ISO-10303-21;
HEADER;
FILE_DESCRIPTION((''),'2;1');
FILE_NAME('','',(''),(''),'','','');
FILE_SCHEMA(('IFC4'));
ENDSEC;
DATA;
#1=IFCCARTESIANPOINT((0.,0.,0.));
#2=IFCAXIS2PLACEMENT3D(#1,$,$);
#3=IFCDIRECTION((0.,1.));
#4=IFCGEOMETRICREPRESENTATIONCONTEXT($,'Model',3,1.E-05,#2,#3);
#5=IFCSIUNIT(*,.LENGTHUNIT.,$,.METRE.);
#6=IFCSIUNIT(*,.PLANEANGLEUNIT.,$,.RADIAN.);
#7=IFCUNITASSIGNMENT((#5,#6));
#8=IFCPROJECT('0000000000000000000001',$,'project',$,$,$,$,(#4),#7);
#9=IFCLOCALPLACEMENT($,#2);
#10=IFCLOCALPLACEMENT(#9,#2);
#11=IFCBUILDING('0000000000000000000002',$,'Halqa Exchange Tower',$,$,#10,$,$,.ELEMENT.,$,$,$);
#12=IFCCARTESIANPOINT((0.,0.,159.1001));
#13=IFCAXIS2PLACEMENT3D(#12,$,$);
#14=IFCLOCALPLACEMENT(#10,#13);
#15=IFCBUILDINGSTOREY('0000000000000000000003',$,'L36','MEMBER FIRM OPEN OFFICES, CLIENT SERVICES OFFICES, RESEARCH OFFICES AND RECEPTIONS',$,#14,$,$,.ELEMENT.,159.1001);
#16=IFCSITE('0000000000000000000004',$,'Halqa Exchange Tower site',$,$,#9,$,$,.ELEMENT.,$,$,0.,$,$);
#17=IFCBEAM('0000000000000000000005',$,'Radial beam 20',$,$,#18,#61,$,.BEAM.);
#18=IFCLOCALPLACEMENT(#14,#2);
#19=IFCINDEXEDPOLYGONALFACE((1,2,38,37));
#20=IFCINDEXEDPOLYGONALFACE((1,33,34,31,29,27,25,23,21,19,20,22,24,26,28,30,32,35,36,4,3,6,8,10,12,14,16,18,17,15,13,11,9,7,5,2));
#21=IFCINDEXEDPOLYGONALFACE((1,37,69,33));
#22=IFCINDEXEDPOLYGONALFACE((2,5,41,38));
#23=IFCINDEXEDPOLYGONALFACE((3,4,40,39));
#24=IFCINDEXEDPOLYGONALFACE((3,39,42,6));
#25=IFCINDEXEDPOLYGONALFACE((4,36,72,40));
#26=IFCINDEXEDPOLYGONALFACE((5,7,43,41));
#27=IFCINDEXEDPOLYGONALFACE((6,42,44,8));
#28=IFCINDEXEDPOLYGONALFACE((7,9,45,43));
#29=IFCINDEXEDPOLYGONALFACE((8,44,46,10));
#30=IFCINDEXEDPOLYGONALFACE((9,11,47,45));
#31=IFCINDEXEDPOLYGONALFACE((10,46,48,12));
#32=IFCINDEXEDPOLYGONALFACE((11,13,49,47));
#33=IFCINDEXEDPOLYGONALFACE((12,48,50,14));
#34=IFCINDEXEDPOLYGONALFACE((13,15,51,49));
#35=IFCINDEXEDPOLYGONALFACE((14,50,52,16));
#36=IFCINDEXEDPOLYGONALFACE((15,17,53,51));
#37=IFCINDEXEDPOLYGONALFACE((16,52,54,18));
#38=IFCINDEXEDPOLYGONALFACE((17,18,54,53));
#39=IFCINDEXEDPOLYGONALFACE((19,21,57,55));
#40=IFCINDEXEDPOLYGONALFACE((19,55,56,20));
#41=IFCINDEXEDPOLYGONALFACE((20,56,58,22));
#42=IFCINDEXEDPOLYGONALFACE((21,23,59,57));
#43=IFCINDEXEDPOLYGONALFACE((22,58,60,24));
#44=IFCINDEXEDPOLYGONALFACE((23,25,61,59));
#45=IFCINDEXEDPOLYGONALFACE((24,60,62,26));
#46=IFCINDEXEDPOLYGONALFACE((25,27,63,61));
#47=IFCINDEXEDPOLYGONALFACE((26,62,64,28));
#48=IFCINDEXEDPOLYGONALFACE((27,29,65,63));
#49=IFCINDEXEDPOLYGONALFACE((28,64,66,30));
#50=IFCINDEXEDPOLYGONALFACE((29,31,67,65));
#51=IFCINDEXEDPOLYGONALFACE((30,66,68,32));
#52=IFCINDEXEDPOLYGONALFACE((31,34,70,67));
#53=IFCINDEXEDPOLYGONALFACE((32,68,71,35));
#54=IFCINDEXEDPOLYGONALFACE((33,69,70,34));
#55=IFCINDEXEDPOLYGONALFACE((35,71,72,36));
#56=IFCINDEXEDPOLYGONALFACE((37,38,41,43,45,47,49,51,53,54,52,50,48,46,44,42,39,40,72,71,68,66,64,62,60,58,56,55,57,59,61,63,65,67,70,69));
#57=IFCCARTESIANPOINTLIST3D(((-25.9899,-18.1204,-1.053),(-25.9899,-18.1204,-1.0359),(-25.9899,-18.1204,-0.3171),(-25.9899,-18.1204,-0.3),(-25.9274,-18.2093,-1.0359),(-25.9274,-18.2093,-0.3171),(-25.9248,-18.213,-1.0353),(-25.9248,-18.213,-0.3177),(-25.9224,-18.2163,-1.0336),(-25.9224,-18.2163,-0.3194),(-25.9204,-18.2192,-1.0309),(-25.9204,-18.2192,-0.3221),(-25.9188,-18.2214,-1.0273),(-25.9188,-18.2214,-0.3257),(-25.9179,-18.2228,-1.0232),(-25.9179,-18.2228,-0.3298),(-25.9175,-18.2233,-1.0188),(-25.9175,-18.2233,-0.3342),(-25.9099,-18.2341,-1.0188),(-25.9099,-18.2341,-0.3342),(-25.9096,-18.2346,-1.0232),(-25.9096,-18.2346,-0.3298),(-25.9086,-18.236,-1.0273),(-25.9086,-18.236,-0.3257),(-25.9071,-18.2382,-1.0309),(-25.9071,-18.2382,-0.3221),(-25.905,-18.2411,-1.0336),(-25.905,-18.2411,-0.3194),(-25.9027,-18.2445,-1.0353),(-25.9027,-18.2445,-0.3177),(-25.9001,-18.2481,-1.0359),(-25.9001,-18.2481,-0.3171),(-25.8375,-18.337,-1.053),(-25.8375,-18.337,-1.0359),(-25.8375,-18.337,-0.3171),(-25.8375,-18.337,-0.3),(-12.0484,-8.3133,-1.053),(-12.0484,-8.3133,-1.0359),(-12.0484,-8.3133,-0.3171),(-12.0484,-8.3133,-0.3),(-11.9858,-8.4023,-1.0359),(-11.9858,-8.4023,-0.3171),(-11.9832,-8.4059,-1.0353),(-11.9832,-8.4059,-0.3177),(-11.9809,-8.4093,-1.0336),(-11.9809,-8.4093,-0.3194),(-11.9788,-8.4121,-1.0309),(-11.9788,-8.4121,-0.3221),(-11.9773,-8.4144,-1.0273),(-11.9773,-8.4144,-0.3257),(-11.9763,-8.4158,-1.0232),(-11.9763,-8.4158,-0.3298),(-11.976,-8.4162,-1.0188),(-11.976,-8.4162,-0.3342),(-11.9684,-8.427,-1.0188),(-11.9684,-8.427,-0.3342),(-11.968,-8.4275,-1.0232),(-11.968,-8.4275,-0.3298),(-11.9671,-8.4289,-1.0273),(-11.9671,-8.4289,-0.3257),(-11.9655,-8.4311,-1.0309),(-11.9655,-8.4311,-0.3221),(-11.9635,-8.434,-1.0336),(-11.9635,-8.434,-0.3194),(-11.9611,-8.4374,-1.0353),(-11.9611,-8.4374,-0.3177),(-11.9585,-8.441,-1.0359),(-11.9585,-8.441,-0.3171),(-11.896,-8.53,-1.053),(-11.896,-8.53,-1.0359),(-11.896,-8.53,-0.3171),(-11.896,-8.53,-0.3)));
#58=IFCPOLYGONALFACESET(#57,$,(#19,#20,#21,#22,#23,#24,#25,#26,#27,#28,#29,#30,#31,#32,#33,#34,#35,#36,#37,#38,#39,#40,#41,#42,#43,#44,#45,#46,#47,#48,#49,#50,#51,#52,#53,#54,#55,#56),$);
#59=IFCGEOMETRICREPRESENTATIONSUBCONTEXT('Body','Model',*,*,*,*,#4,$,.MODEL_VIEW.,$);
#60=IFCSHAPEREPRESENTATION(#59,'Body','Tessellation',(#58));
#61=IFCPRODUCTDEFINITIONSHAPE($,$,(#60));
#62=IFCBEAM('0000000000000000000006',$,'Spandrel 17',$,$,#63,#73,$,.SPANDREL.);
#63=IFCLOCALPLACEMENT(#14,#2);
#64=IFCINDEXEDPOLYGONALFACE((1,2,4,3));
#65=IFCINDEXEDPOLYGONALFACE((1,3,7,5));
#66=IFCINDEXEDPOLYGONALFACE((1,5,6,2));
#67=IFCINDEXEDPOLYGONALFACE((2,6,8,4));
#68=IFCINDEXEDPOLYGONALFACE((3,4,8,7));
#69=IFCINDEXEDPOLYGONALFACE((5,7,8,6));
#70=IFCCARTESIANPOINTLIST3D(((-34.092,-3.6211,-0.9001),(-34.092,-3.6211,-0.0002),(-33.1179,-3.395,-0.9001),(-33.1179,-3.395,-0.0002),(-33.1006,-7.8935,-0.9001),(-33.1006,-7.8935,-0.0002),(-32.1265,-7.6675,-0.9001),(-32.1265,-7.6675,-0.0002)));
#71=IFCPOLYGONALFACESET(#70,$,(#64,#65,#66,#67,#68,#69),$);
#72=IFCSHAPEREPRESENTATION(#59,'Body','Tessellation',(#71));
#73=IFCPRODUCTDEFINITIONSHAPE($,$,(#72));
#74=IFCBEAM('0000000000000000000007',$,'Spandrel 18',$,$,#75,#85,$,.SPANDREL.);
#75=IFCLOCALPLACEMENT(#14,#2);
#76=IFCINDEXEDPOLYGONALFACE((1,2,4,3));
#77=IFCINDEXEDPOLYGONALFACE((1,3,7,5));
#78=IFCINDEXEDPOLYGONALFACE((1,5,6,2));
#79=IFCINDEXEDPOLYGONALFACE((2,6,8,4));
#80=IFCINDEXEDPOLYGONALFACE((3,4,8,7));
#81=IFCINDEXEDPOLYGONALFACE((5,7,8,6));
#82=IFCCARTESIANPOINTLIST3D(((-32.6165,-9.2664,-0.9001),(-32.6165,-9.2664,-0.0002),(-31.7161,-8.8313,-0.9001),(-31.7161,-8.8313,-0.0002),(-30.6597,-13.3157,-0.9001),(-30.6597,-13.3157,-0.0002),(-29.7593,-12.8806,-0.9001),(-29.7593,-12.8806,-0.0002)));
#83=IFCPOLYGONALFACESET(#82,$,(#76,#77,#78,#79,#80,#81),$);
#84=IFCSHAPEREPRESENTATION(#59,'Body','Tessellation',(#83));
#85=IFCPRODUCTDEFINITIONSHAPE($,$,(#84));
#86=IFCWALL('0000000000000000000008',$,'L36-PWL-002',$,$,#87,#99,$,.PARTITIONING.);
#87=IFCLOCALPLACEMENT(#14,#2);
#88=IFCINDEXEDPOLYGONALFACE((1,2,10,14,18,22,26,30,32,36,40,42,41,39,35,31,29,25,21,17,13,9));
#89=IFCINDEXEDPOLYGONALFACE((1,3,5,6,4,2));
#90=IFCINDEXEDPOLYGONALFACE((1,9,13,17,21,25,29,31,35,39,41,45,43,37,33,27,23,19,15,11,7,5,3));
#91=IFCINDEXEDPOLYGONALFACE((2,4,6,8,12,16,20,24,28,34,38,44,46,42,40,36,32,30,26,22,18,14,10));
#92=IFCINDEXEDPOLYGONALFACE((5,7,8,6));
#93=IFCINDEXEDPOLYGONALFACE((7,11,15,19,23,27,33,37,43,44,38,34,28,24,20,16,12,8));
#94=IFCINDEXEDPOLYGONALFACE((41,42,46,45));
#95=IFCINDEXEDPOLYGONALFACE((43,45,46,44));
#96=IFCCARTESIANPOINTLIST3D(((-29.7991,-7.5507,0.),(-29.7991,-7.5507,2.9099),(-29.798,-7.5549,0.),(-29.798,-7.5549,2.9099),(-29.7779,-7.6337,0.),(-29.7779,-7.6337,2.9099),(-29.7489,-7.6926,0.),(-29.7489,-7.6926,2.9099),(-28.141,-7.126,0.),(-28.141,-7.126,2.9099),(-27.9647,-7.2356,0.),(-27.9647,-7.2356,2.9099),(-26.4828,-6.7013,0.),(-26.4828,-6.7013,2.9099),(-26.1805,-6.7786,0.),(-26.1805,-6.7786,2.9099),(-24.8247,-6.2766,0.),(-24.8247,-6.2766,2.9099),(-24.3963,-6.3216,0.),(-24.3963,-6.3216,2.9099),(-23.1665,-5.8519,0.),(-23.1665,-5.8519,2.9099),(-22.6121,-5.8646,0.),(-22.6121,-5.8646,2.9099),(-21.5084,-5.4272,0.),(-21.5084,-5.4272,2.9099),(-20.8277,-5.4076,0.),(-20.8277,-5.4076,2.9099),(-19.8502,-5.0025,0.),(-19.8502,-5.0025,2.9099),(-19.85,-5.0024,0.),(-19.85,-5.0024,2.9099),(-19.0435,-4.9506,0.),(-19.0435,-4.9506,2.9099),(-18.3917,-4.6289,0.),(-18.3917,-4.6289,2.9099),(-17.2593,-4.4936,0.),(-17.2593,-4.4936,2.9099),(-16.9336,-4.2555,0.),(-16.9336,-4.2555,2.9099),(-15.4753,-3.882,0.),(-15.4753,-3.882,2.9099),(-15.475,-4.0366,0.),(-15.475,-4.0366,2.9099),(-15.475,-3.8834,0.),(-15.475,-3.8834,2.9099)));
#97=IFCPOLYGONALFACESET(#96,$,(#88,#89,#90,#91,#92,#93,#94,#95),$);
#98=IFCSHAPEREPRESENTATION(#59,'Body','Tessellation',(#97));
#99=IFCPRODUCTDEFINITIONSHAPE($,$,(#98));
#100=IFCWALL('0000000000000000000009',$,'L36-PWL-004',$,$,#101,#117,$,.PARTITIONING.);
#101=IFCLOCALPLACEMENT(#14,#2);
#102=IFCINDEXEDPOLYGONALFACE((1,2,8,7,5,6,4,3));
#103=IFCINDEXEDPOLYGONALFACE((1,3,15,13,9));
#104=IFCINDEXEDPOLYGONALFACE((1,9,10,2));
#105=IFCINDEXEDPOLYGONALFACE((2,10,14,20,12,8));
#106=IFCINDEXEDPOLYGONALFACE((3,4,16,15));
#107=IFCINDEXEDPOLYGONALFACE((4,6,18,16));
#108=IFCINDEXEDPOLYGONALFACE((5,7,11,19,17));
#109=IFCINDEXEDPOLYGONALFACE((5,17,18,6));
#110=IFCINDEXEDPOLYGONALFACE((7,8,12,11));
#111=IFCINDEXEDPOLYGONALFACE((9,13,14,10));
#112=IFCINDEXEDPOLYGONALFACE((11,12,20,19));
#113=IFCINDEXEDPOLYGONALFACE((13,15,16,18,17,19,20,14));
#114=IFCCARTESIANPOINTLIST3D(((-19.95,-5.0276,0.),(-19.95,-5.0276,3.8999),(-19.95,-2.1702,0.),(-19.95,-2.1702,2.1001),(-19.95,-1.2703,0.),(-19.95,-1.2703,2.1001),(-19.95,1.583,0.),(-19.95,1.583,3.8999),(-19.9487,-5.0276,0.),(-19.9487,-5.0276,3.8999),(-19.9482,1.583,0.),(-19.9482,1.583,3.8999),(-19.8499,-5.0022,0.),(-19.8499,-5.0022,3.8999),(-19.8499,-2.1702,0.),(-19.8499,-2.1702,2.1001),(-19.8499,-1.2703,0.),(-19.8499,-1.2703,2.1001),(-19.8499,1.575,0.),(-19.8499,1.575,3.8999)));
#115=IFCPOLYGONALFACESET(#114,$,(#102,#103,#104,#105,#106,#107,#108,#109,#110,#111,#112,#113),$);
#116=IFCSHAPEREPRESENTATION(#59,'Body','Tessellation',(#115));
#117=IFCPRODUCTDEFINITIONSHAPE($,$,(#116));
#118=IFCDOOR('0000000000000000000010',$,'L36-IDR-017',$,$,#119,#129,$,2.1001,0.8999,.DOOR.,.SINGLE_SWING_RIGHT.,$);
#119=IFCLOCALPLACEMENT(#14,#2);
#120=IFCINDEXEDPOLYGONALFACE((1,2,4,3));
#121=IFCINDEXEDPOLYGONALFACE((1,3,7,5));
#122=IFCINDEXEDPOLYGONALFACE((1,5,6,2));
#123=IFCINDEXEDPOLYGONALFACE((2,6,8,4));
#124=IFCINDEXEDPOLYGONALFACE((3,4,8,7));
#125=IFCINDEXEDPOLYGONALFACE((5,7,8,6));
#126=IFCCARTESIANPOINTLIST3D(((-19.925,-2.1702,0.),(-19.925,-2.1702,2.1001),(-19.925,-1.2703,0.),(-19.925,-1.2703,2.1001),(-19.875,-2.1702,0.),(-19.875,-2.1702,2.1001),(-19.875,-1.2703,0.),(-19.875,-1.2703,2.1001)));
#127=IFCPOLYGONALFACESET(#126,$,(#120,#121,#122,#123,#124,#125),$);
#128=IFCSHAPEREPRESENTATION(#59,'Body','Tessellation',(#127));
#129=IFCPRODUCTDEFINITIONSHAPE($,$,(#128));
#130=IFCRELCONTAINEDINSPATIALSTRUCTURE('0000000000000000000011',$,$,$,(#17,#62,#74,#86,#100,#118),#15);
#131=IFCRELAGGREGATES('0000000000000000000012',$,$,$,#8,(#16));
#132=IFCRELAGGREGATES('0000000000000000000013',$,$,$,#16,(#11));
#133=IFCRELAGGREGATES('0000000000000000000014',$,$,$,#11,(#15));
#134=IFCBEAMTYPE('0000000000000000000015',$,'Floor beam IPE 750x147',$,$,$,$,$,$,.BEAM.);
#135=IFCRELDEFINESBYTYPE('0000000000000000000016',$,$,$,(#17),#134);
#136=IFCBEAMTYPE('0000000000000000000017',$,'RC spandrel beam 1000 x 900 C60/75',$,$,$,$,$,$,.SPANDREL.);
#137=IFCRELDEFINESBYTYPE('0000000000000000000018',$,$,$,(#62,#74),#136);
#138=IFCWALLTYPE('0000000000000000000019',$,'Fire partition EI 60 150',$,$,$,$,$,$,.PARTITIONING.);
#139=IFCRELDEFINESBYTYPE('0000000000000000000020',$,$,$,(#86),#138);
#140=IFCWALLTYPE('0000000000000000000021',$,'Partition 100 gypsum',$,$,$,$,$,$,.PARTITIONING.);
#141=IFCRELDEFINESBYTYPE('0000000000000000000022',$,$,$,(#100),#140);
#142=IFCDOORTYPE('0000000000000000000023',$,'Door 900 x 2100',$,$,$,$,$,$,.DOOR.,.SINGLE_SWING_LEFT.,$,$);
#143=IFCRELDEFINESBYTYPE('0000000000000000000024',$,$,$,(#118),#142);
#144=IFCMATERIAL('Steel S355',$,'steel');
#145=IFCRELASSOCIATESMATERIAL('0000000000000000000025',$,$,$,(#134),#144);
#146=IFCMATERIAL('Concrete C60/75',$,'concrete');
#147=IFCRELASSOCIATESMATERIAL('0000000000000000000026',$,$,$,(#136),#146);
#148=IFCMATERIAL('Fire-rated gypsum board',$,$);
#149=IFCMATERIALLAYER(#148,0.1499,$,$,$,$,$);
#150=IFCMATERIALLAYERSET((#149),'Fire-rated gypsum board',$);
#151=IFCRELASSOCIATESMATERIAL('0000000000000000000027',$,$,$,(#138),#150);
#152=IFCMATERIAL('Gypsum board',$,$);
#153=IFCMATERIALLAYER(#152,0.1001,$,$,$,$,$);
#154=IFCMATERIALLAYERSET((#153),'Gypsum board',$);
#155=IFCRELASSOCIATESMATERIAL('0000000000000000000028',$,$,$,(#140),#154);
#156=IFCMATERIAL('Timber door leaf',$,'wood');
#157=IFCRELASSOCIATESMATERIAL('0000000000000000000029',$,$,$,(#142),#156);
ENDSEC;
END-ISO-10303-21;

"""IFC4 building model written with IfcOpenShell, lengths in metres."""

from ifc_helpers import new_model, si_unit, direction, frame, frame_2d, origin, origin_2d, place, context, subcontext, project, spatial, polyline, rectangle, i_section, outline, extrude, material, layer, layer_set, material_profile, profile_set, type_object, element, fill, save


model = new_model("IFC4")

# Units and contexts
model_context = context("Model", 3, precision=1e-05, world=origin(), true_north=direction((0.0, 1.0)))
body_context = subcontext(model_context, "Body", "Model", "MODEL_VIEW")
ifc_project = project(units=[si_unit("LENGTHUNIT", "METRE"), si_unit("PLANEANGLEUNIT", "RADIAN")], contexts=[model_context])

# Site, building, storey
site_placement = place(None, origin())
site = spatial("IfcSite", under=ifc_project, at=site_placement, Name="Halqa Exchange Tower site", CompositionType="ELEMENT", RefElevation=0.0)
building_placement = place(site_placement, origin())
building = spatial("IfcBuilding", under=site, at=building_placement, Name="Halqa Exchange Tower", CompositionType="ELEMENT")
storey_placement = place(building_placement, frame((0.0, 0.0, 159.1001)))
storey = spatial("IfcBuildingStorey", under=building, at=storey_placement, Name="L36", Description="MEMBER FIRM OPEN OFFICES, CLIENT SERVICES OFFICES, RESEARCH OFFICES AND RECEPTIONS", CompositionType="ELEMENT", Elevation=159.1001)

# Beams
ifc_material_1 = material(Name="Steel S355", Category="steel")
ifc_material_profile_1 = material_profile(ifc_material_1, i_section(OverallWidth=0.2649, OverallDepth=0.7529, WebThickness=0.0132, FlangeThickness=0.0171, FilletRadius=0.0171, at=origin_2d()), Name="IPE 750x147")
ifc_profile_set_1 = profile_set([ifc_material_profile_1], Name="Steel S355")
beam_type_1 = type_object("IfcBeamType", Name="Floor beam IPE 750x147", PredefinedType="BEAM", material=ifc_profile_set_1)
beam_1_placement = place(storey_placement, frame((-11.9722, -8.4216, -0.6765), z_axis=(-0.817908, -0.57535, 0.0), x_axis=(0.57535, -0.817908, 0.0)))
element("IfcBeam", 1, at=beam_1_placement, inside=storey, type_object=beam_type_1, Name="Radial beam 20", PredefinedType="BEAM", context=body_context, shape_type="SweptSolid", body=[
    extrude(i_section(OverallWidth=0.2649, OverallDepth=0.7529, WebThickness=0.0132, FlangeThickness=0.0171, FilletRadius=0.0171, at=origin_2d()), origin(), (0.0, 0.0, 1.0), 17.0454),
])
ifc_material_2 = material(Name="Concrete C60/75", Category="concrete")
ifc_material_profile_2 = material_profile(ifc_material_2, rectangle(XDim=1.0, YDim=0.8999, at=origin_2d()), Name="1000 x 900")
ifc_profile_set_2 = profile_set([ifc_material_profile_2], Name="Concrete C60/75")
beam_type_2 = type_object("IfcBeamType", Name="RC spandrel beam 1000 x 900 C60/75", PredefinedType="SPANDREL", material=ifc_profile_set_2)
beam_2_placement = place(storey_placement, frame((-33.605, -3.5081, -0.4502), z_axis=(0.22605, -0.974116, 0.0), x_axis=(0.974116, 0.22605, 0.0)))
element("IfcBeam", 2, at=beam_2_placement, inside=storey, type_object=beam_type_2, Name="Spandrel 17", PredefinedType="SPANDREL", context=body_context, shape_type="SweptSolid", body=[
    extrude(rectangle(XDim=1.0, YDim=0.8999, at=origin_2d()), origin(), (0.0, 0.0, 1.0), 4.386),
])
beam_3_placement = place(storey_placement, frame((-32.1663, -9.0488, -0.4502), z_axis=(0.4351, -0.900382, 0.0), x_axis=(0.900382, 0.4351, 0.0)))
element("IfcBeam", 3, at=beam_3_placement, inside=storey, type_object=beam_type_2, Name="Spandrel 18", PredefinedType="SPANDREL", context=body_context, shape_type="SweptSolid", body=[
    extrude(rectangle(XDim=1.0, YDim=0.8999, at=origin_2d()), origin(), (0.0, 0.0, 1.0), 4.4973),
])

# Wall
ifc_material_3 = material(Name="Fire-rated gypsum board")
ifc_layer_1 = layer(ifc_material_3, 0.1499)
ifc_layer_set_1 = layer_set([ifc_layer_1], Name="Fire-rated gypsum board")
wall_type_1 = type_object("IfcWallType", Name="Fire partition EI 60 150", PredefinedType="PARTITIONING", material=ifc_layer_set_1)
wall_1_placement = place(storey_placement, frame((-29.7805, -7.6233, 0.0), z_axis=(0.0, 0.0, 1.0), x_axis=(0.96873, 0.248118, 0.0)))
element("IfcWall", 4, at=wall_1_placement, inside=storey, type_object=wall_type_1, Name="L36-PWL-002", PredefinedType="PARTITIONING", context=body_context, shape_type="SweptSolid", body=[
    extrude(outline(polyline([(0.0134, -0.075), (1.8552, -0.075), (3.697, -0.075), (5.5388, -0.075), (7.3806, -0.075), (9.2227, -0.075), (11.0645, -0.075), (12.9062, -0.075), (14.748, -0.075), (14.7861, 0.0735), (14.7861, 0.075), (13.2808, 0.075), (11.7756, 0.075), (10.2703, 0.075), (10.2703, 0.075), (10.27, 0.075), (8.5583, 0.075), (6.8467, 0.075), (5.135, 0.075), (3.4233, 0.075), (1.7117, 0.075), (0.0, 0.075), (0.0, 0.0706), (0.0, -0.0107), (0.0134, -0.075)])), origin(), (0.0, 0.0, 1.0), 2.9099),
])

# Wall, opening, door
ifc_material_4 = material(Name="Gypsum board")
ifc_layer_2 = layer(ifc_material_4, 0.1001)
ifc_layer_set_2 = layer_set([ifc_layer_2], Name="Gypsum board")
wall_type_2 = type_object("IfcWallType", Name="Partition 100 gypsum", PredefinedType="PARTITIONING", material=ifc_layer_set_2)
wall_2_placement = place(storey_placement, frame((-19.8999, -5.0276, 0.0), z_axis=(0.0, 0.0, 1.0), x_axis=(0.0, 1.0, 0.0)))
wall_2 = element("IfcWall", 5, at=wall_2_placement, inside=storey, type_object=wall_type_2, Name="L36-PWL-004", PredefinedType="PARTITIONING", context=body_context, shape_type="SweptSolid", body=[
    extrude(outline(polyline([(0.0254, -0.05), (1.6697, -0.05), (3.314, -0.05), (4.9583, -0.05), (6.6025, -0.05), (6.6106, 0.0483), (6.6106, 0.05), (4.958, 0.05), (3.3052, 0.05), (1.6526, 0.05), (0.0, 0.05), (0.0, 0.0488), (0.0254, -0.05)])), origin(), (0.0, 0.0, 1.0), 3.8999),
])
opening_1_placement = place(wall_2_placement, frame((2.8574, 0.0, 0.0)))
opening_1 = element("IfcOpeningElement", 6, at=opening_1_placement, cuts=wall_2, PredefinedType="OPENING", context=body_context, shape_type="SweptSolid", body=[
    extrude(rectangle(XDim=0.8999, YDim=2.1001, at=frame_2d((0.45, 1.05))), frame((0.0, 0.062, 0.0), z_axis=(0.0, -1.0, 0.0), x_axis=(1.0, 0.0, 0.0)), (0.0, 0.0, 1.0), 0.124),
])
ifc_material_5 = material(Name="Timber door leaf", Category="wood")
door_type_1 = type_object("IfcDoorType", Name="Door 900 x 2100", OperationType="SINGLE_SWING_LEFT", PredefinedType="DOOR", material=ifc_material_5)
door_1_placement = place(opening_1_placement, frame((0.8999, 0.0, 0.0), z_axis=(0.0, 0.0, 1.0), x_axis=(-1.0, 0.0, 0.0)))
door_1 = element("IfcDoor", 7, at=door_1_placement, inside=storey, type_object=door_type_1, Name="L36-IDR-017", OperationType="SINGLE_SWING_RIGHT", OverallHeight=2.1001, OverallWidth=0.8999, PredefinedType="DOOR", context=body_context, shape_type="SweptSolid", body=[
    extrude(rectangle(XDim=0.8999, YDim=2.1001, at=frame_2d((0.45, 1.05))), frame((0.0, 0.0249, 0.0), z_axis=(0.0, -1.0, 0.0), x_axis=(1.0, 0.0, 0.0)), (0.0, 0.0, 1.0), 0.05),
])
fill(opening_1, door_1)

save(model, "model.ifc")
